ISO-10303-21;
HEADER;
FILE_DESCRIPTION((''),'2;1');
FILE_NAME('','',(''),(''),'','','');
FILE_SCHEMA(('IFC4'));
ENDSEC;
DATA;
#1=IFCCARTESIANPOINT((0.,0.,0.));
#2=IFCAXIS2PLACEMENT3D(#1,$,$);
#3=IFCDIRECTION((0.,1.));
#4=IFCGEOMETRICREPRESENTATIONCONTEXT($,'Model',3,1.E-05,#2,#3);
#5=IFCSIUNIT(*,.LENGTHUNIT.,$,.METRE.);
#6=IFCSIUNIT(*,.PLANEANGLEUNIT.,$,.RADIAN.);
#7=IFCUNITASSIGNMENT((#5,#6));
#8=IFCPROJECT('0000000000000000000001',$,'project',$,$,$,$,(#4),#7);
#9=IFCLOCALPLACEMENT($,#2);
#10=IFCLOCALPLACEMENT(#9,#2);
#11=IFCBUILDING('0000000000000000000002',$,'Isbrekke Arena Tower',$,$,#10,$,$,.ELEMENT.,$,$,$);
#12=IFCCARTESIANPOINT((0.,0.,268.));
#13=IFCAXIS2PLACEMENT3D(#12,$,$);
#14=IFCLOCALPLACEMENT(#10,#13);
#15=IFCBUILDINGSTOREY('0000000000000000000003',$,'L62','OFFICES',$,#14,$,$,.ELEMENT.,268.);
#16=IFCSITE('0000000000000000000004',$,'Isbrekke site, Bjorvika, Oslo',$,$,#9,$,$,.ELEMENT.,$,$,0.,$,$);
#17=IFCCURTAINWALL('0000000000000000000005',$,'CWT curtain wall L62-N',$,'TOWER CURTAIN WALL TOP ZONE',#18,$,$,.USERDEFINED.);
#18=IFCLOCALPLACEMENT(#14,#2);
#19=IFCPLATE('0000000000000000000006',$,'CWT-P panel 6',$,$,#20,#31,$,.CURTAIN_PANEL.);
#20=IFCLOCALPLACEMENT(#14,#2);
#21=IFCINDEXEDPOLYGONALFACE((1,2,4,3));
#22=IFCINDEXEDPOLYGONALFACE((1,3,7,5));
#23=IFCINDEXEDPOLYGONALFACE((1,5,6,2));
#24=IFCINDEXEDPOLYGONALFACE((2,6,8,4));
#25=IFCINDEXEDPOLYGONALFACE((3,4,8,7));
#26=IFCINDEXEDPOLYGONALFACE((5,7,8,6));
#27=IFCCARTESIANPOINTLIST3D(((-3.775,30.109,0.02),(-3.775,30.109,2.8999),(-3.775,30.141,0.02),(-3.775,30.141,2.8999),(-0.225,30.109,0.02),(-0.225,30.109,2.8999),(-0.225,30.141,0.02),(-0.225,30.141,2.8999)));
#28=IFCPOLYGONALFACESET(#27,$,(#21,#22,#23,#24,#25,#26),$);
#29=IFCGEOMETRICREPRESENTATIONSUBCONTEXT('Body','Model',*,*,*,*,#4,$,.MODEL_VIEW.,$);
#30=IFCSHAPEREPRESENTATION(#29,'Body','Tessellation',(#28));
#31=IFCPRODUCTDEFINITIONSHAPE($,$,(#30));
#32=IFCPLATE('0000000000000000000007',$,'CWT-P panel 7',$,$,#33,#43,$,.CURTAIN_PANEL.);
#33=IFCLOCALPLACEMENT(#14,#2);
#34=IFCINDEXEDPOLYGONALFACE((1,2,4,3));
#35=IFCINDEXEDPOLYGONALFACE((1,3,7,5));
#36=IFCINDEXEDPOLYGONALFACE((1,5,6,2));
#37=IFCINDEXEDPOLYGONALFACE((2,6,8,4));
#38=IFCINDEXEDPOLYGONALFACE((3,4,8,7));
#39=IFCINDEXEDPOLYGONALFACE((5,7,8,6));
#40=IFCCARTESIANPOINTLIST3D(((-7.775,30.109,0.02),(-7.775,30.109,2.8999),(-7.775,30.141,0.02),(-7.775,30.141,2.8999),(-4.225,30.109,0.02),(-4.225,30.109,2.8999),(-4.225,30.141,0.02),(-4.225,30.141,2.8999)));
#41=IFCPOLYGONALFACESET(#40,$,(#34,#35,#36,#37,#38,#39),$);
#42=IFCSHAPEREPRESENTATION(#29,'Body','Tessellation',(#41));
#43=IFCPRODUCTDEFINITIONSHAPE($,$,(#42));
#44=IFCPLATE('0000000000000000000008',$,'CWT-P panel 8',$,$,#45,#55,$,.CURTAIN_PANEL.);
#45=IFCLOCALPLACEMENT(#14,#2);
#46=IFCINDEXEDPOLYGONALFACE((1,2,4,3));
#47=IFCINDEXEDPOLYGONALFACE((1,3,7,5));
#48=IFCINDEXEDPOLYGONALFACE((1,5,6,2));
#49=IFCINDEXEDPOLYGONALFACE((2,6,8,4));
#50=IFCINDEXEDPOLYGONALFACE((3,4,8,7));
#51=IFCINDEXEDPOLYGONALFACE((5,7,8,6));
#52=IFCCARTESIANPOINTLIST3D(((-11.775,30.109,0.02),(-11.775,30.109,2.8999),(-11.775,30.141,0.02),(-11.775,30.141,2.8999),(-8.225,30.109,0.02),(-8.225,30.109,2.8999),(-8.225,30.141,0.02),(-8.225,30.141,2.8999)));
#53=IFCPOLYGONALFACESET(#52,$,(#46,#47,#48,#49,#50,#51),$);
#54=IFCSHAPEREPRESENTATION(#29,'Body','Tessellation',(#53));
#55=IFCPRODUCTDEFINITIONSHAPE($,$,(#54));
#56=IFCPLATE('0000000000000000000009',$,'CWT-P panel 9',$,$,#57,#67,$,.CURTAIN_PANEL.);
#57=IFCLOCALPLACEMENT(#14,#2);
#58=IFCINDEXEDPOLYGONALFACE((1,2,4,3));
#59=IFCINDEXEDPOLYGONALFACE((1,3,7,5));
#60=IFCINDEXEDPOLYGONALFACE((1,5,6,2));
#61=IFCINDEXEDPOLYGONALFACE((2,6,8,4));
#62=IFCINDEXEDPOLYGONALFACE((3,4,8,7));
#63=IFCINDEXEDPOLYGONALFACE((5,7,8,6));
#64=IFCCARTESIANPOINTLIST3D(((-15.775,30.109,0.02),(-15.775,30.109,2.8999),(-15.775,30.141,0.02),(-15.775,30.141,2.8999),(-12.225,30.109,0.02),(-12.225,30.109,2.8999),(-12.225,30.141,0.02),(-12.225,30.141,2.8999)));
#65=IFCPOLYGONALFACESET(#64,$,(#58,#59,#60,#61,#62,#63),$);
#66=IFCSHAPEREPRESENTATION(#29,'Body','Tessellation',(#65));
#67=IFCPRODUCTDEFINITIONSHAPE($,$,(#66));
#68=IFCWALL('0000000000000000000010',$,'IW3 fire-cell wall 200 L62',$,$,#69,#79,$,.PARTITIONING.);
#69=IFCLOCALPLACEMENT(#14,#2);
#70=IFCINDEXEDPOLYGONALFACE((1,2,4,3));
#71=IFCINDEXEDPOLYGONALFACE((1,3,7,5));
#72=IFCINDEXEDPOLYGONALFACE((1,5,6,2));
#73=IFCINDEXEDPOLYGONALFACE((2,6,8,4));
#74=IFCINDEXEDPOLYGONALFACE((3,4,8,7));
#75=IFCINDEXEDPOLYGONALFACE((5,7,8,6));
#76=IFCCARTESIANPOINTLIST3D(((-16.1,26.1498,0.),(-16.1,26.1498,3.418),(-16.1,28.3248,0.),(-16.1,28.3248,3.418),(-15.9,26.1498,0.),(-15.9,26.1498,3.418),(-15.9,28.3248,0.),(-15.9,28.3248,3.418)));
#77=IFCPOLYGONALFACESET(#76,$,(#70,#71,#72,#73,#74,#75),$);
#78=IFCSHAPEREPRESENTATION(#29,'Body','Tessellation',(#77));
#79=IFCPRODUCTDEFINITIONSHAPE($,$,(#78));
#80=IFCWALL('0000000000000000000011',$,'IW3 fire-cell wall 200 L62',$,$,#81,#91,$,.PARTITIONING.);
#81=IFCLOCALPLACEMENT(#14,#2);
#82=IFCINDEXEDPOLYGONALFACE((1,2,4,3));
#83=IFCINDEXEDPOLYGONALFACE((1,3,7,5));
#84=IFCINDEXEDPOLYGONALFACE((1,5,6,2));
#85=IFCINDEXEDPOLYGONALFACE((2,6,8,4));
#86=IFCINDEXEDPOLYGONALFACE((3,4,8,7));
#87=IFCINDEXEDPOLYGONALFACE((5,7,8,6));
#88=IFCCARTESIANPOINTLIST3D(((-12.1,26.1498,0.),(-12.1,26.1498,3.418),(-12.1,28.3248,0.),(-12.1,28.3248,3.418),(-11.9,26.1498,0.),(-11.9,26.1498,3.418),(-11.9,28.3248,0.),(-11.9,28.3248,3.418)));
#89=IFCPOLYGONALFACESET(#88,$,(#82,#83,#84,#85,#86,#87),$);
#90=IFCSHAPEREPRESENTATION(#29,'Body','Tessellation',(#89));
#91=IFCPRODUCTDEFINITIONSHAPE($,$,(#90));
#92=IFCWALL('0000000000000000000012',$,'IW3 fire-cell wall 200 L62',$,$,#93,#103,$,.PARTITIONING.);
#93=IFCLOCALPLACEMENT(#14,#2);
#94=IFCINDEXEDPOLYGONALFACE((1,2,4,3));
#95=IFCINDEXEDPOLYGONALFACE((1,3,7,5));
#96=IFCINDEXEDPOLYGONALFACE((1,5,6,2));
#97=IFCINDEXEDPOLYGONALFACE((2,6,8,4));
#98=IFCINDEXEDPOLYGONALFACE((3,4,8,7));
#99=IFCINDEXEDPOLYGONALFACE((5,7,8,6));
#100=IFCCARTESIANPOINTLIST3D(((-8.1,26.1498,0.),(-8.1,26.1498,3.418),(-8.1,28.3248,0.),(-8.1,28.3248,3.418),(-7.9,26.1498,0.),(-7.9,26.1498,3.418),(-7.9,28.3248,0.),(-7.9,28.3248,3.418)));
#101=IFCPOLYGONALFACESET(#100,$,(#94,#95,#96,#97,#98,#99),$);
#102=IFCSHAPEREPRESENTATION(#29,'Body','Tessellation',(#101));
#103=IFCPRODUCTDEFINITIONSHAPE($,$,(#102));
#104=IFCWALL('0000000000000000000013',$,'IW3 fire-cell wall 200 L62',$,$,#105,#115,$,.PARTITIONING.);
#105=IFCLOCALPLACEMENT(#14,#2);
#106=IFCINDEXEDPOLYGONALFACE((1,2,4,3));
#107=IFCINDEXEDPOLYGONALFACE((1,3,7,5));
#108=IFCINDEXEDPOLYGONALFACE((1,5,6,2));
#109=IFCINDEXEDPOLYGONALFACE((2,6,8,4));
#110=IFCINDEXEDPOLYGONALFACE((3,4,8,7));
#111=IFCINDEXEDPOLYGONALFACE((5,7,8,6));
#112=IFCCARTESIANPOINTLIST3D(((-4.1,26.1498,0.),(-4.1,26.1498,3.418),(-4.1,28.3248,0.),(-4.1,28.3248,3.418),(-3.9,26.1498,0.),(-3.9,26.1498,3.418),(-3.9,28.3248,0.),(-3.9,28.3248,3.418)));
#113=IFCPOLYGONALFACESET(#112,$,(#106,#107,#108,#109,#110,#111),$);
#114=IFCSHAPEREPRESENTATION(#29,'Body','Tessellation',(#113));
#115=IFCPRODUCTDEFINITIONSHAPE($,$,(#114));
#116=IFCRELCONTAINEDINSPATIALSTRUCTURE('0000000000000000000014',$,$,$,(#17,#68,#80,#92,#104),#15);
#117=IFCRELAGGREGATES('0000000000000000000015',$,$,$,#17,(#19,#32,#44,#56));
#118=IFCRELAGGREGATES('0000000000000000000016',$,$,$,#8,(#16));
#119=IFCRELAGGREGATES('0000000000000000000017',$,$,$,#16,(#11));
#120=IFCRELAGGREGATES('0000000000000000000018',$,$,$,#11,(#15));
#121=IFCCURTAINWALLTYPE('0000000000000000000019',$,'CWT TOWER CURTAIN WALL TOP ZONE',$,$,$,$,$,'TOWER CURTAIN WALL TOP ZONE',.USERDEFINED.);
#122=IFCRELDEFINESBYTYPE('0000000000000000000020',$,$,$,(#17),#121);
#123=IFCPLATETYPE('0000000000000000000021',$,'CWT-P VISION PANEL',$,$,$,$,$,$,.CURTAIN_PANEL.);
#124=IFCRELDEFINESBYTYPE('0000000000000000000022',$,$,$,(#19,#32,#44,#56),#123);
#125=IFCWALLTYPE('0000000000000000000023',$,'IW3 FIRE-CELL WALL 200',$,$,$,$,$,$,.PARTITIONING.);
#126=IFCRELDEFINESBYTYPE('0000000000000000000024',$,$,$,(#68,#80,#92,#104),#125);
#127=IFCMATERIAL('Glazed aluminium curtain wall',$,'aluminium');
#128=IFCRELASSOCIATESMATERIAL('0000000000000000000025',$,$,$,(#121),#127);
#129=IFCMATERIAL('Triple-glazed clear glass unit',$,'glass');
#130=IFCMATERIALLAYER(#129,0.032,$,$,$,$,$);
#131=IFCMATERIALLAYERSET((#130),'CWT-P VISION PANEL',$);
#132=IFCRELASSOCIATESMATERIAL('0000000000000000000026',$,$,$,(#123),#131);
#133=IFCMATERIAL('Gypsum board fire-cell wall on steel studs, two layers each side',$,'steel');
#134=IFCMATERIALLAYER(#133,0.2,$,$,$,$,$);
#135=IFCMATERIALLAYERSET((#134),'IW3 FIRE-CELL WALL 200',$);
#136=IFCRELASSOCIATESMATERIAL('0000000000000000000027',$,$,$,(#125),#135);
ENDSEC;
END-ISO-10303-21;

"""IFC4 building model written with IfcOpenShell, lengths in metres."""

from ifc_helpers import new_model, si_unit, direction, frame, frame_2d, origin, origin_2d, place, context, subcontext, project, spatial, rectangle, extrude, material, layer, layer_set, type_object, element, aggregate, save


model = new_model("IFC4")

# Units and contexts
model_context = context("Model", 3, precision=1e-05, world=origin(), true_north=direction((0.0, 1.0)))
body_context = subcontext(model_context, "Body", "Model", "MODEL_VIEW")
ifc_project = project(units=[si_unit("LENGTHUNIT", "METRE"), si_unit("PLANEANGLEUNIT", "RADIAN")], contexts=[model_context])

# Site, building, storey
site_placement = place(None, origin())
site = spatial("IfcSite", under=ifc_project, at=site_placement, Name="Isbrekke site, Bjorvika, Oslo", CompositionType="ELEMENT", RefElevation=0.0)
building_placement = place(site_placement, origin())
building = spatial("IfcBuilding", under=site, at=building_placement, Name="Isbrekke Arena Tower", CompositionType="ELEMENT")
storey_placement = place(building_placement, frame((0.0, 0.0, 268.0)))
storey = spatial("IfcBuildingStorey", under=building, at=storey_placement, Name="L62", Description="OFFICES", CompositionType="ELEMENT", Elevation=268.0)

# Curtain wall
ifc_material_1 = material(Name="Glazed aluminium curtain wall", Category="aluminium")
curtain_wall_type = type_object("IfcCurtainWallType", Name="CWT TOWER CURTAIN WALL TOP ZONE", ElementType="TOWER CURTAIN WALL TOP ZONE", PredefinedType="USERDEFINED", material=ifc_material_1)
curtain_wall_placement = place(storey_placement, origin())
curtain_wall = element("IfcCurtainWall", 1, at=curtain_wall_placement, inside=storey, type_object=curtain_wall_type, Name="CWT curtain wall L62-N", ObjectType="TOWER CURTAIN WALL TOP ZONE", PredefinedType="USERDEFINED")

# Plates
ifc_material_2 = material(Name="Triple-glazed clear glass unit", Category="glass")
ifc_layer_1 = layer(ifc_material_2, 0.032)
ifc_layer_set_1 = layer_set([ifc_layer_1], Name="CWT-P VISION PANEL")
plate_type = type_object("IfcPlateType", Name="CWT-P VISION PANEL", PredefinedType="CURTAIN_PANEL", material=ifc_layer_set_1)
plate_1_placement = place(storey_placement, frame((-2.0, 30.125, 0.02), z_axis=(0.0, 0.0, 1.0), x_axis=(-1.0, 0.0, 0.0)))
plate_1 = element("IfcPlate", 2, at=plate_1_placement, type_object=plate_type, Name="CWT-P panel 6", PredefinedType="CURTAIN_PANEL", context=body_context, shape_type="SweptSolid", body=[
    extrude(rectangle(XDim=3.55, YDim=0.032, at=origin_2d()), origin(), (0.0, 0.0, 1.0), 2.8799),
])
plate_2_placement = place(storey_placement, frame((-6.0, 30.125, 0.02), z_axis=(0.0, 0.0, 1.0), x_axis=(-1.0, 0.0, 0.0)))
plate_2 = element("IfcPlate", 3, at=plate_2_placement, type_object=plate_type, Name="CWT-P panel 7", PredefinedType="CURTAIN_PANEL", context=body_context, shape_type="SweptSolid", body=[
    extrude(rectangle(XDim=3.55, YDim=0.032, at=origin_2d()), origin(), (0.0, 0.0, 1.0), 2.8799),
])
plate_3_placement = place(storey_placement, frame((-10.0, 30.125, 0.02), z_axis=(0.0, 0.0, 1.0), x_axis=(-1.0, 0.0, 0.0)))
plate_3 = element("IfcPlate", 4, at=plate_3_placement, type_object=plate_type, Name="CWT-P panel 8", PredefinedType="CURTAIN_PANEL", context=body_context, shape_type="SweptSolid", body=[
    extrude(rectangle(XDim=3.55, YDim=0.032, at=origin_2d()), origin(), (0.0, 0.0, 1.0), 2.8799),
])
plate_4_placement = place(storey_placement, frame((-14.0, 30.125, 0.02), z_axis=(0.0, 0.0, 1.0), x_axis=(-1.0, 0.0, 0.0)))
plate_4 = element("IfcPlate", 5, at=plate_4_placement, type_object=plate_type, Name="CWT-P panel 9", PredefinedType="CURTAIN_PANEL", context=body_context, shape_type="SweptSolid", body=[
    extrude(rectangle(XDim=3.55, YDim=0.032, at=origin_2d()), origin(), (0.0, 0.0, 1.0), 2.8799),
])
aggregate(curtain_wall, [plate_1, plate_2, plate_3, plate_4])

# Walls
ifc_material_3 = material(Name="Gypsum board fire-cell wall on steel studs, two layers each side", Category="steel")
ifc_layer_2 = layer(ifc_material_3, 0.2)
ifc_layer_set_2 = layer_set([ifc_layer_2], Name="IW3 FIRE-CELL WALL 200")
wall_type = type_object("IfcWallType", Name="IW3 FIRE-CELL WALL 200", PredefinedType="PARTITIONING", material=ifc_layer_set_2)
for number, where, z_axis, x_axis, name in (
    (6, (-16.0, 26.1499, 0.0), (0.0, 0.0, 1.0), (0.0, 1.0, 0.0), "IW3 fire-cell wall 200 L62"),
    (7, (-12.0, 26.1499, 0.0), (0.0, 0.0, 1.0), (0.0, 1.0, 0.0), "IW3 fire-cell wall 200 L62"),
    (8, (-8.0, 26.1499, 0.0), (0.0, 0.0, 1.0), (0.0, 1.0, 0.0), "IW3 fire-cell wall 200 L62"),
    (9, (-4.0, 26.1499, 0.0), (0.0, 0.0, 1.0), (0.0, 1.0, 0.0), "IW3 fire-cell wall 200 L62"),
):
    element("IfcWall", number, at=place(storey_placement, frame(where, z_axis=z_axis, x_axis=x_axis)), inside=storey, type_object=wall_type, Name=name, PredefinedType="PARTITIONING", context=body_context, shape_type="SweptSolid", body=[
        extrude(rectangle(XDim=2.175, YDim=0.2, at=frame_2d((1.0874, 0.0))), origin(), (0.0, 0.0, 1.0), 3.418),
    ])

save(model, "model.ifc")
